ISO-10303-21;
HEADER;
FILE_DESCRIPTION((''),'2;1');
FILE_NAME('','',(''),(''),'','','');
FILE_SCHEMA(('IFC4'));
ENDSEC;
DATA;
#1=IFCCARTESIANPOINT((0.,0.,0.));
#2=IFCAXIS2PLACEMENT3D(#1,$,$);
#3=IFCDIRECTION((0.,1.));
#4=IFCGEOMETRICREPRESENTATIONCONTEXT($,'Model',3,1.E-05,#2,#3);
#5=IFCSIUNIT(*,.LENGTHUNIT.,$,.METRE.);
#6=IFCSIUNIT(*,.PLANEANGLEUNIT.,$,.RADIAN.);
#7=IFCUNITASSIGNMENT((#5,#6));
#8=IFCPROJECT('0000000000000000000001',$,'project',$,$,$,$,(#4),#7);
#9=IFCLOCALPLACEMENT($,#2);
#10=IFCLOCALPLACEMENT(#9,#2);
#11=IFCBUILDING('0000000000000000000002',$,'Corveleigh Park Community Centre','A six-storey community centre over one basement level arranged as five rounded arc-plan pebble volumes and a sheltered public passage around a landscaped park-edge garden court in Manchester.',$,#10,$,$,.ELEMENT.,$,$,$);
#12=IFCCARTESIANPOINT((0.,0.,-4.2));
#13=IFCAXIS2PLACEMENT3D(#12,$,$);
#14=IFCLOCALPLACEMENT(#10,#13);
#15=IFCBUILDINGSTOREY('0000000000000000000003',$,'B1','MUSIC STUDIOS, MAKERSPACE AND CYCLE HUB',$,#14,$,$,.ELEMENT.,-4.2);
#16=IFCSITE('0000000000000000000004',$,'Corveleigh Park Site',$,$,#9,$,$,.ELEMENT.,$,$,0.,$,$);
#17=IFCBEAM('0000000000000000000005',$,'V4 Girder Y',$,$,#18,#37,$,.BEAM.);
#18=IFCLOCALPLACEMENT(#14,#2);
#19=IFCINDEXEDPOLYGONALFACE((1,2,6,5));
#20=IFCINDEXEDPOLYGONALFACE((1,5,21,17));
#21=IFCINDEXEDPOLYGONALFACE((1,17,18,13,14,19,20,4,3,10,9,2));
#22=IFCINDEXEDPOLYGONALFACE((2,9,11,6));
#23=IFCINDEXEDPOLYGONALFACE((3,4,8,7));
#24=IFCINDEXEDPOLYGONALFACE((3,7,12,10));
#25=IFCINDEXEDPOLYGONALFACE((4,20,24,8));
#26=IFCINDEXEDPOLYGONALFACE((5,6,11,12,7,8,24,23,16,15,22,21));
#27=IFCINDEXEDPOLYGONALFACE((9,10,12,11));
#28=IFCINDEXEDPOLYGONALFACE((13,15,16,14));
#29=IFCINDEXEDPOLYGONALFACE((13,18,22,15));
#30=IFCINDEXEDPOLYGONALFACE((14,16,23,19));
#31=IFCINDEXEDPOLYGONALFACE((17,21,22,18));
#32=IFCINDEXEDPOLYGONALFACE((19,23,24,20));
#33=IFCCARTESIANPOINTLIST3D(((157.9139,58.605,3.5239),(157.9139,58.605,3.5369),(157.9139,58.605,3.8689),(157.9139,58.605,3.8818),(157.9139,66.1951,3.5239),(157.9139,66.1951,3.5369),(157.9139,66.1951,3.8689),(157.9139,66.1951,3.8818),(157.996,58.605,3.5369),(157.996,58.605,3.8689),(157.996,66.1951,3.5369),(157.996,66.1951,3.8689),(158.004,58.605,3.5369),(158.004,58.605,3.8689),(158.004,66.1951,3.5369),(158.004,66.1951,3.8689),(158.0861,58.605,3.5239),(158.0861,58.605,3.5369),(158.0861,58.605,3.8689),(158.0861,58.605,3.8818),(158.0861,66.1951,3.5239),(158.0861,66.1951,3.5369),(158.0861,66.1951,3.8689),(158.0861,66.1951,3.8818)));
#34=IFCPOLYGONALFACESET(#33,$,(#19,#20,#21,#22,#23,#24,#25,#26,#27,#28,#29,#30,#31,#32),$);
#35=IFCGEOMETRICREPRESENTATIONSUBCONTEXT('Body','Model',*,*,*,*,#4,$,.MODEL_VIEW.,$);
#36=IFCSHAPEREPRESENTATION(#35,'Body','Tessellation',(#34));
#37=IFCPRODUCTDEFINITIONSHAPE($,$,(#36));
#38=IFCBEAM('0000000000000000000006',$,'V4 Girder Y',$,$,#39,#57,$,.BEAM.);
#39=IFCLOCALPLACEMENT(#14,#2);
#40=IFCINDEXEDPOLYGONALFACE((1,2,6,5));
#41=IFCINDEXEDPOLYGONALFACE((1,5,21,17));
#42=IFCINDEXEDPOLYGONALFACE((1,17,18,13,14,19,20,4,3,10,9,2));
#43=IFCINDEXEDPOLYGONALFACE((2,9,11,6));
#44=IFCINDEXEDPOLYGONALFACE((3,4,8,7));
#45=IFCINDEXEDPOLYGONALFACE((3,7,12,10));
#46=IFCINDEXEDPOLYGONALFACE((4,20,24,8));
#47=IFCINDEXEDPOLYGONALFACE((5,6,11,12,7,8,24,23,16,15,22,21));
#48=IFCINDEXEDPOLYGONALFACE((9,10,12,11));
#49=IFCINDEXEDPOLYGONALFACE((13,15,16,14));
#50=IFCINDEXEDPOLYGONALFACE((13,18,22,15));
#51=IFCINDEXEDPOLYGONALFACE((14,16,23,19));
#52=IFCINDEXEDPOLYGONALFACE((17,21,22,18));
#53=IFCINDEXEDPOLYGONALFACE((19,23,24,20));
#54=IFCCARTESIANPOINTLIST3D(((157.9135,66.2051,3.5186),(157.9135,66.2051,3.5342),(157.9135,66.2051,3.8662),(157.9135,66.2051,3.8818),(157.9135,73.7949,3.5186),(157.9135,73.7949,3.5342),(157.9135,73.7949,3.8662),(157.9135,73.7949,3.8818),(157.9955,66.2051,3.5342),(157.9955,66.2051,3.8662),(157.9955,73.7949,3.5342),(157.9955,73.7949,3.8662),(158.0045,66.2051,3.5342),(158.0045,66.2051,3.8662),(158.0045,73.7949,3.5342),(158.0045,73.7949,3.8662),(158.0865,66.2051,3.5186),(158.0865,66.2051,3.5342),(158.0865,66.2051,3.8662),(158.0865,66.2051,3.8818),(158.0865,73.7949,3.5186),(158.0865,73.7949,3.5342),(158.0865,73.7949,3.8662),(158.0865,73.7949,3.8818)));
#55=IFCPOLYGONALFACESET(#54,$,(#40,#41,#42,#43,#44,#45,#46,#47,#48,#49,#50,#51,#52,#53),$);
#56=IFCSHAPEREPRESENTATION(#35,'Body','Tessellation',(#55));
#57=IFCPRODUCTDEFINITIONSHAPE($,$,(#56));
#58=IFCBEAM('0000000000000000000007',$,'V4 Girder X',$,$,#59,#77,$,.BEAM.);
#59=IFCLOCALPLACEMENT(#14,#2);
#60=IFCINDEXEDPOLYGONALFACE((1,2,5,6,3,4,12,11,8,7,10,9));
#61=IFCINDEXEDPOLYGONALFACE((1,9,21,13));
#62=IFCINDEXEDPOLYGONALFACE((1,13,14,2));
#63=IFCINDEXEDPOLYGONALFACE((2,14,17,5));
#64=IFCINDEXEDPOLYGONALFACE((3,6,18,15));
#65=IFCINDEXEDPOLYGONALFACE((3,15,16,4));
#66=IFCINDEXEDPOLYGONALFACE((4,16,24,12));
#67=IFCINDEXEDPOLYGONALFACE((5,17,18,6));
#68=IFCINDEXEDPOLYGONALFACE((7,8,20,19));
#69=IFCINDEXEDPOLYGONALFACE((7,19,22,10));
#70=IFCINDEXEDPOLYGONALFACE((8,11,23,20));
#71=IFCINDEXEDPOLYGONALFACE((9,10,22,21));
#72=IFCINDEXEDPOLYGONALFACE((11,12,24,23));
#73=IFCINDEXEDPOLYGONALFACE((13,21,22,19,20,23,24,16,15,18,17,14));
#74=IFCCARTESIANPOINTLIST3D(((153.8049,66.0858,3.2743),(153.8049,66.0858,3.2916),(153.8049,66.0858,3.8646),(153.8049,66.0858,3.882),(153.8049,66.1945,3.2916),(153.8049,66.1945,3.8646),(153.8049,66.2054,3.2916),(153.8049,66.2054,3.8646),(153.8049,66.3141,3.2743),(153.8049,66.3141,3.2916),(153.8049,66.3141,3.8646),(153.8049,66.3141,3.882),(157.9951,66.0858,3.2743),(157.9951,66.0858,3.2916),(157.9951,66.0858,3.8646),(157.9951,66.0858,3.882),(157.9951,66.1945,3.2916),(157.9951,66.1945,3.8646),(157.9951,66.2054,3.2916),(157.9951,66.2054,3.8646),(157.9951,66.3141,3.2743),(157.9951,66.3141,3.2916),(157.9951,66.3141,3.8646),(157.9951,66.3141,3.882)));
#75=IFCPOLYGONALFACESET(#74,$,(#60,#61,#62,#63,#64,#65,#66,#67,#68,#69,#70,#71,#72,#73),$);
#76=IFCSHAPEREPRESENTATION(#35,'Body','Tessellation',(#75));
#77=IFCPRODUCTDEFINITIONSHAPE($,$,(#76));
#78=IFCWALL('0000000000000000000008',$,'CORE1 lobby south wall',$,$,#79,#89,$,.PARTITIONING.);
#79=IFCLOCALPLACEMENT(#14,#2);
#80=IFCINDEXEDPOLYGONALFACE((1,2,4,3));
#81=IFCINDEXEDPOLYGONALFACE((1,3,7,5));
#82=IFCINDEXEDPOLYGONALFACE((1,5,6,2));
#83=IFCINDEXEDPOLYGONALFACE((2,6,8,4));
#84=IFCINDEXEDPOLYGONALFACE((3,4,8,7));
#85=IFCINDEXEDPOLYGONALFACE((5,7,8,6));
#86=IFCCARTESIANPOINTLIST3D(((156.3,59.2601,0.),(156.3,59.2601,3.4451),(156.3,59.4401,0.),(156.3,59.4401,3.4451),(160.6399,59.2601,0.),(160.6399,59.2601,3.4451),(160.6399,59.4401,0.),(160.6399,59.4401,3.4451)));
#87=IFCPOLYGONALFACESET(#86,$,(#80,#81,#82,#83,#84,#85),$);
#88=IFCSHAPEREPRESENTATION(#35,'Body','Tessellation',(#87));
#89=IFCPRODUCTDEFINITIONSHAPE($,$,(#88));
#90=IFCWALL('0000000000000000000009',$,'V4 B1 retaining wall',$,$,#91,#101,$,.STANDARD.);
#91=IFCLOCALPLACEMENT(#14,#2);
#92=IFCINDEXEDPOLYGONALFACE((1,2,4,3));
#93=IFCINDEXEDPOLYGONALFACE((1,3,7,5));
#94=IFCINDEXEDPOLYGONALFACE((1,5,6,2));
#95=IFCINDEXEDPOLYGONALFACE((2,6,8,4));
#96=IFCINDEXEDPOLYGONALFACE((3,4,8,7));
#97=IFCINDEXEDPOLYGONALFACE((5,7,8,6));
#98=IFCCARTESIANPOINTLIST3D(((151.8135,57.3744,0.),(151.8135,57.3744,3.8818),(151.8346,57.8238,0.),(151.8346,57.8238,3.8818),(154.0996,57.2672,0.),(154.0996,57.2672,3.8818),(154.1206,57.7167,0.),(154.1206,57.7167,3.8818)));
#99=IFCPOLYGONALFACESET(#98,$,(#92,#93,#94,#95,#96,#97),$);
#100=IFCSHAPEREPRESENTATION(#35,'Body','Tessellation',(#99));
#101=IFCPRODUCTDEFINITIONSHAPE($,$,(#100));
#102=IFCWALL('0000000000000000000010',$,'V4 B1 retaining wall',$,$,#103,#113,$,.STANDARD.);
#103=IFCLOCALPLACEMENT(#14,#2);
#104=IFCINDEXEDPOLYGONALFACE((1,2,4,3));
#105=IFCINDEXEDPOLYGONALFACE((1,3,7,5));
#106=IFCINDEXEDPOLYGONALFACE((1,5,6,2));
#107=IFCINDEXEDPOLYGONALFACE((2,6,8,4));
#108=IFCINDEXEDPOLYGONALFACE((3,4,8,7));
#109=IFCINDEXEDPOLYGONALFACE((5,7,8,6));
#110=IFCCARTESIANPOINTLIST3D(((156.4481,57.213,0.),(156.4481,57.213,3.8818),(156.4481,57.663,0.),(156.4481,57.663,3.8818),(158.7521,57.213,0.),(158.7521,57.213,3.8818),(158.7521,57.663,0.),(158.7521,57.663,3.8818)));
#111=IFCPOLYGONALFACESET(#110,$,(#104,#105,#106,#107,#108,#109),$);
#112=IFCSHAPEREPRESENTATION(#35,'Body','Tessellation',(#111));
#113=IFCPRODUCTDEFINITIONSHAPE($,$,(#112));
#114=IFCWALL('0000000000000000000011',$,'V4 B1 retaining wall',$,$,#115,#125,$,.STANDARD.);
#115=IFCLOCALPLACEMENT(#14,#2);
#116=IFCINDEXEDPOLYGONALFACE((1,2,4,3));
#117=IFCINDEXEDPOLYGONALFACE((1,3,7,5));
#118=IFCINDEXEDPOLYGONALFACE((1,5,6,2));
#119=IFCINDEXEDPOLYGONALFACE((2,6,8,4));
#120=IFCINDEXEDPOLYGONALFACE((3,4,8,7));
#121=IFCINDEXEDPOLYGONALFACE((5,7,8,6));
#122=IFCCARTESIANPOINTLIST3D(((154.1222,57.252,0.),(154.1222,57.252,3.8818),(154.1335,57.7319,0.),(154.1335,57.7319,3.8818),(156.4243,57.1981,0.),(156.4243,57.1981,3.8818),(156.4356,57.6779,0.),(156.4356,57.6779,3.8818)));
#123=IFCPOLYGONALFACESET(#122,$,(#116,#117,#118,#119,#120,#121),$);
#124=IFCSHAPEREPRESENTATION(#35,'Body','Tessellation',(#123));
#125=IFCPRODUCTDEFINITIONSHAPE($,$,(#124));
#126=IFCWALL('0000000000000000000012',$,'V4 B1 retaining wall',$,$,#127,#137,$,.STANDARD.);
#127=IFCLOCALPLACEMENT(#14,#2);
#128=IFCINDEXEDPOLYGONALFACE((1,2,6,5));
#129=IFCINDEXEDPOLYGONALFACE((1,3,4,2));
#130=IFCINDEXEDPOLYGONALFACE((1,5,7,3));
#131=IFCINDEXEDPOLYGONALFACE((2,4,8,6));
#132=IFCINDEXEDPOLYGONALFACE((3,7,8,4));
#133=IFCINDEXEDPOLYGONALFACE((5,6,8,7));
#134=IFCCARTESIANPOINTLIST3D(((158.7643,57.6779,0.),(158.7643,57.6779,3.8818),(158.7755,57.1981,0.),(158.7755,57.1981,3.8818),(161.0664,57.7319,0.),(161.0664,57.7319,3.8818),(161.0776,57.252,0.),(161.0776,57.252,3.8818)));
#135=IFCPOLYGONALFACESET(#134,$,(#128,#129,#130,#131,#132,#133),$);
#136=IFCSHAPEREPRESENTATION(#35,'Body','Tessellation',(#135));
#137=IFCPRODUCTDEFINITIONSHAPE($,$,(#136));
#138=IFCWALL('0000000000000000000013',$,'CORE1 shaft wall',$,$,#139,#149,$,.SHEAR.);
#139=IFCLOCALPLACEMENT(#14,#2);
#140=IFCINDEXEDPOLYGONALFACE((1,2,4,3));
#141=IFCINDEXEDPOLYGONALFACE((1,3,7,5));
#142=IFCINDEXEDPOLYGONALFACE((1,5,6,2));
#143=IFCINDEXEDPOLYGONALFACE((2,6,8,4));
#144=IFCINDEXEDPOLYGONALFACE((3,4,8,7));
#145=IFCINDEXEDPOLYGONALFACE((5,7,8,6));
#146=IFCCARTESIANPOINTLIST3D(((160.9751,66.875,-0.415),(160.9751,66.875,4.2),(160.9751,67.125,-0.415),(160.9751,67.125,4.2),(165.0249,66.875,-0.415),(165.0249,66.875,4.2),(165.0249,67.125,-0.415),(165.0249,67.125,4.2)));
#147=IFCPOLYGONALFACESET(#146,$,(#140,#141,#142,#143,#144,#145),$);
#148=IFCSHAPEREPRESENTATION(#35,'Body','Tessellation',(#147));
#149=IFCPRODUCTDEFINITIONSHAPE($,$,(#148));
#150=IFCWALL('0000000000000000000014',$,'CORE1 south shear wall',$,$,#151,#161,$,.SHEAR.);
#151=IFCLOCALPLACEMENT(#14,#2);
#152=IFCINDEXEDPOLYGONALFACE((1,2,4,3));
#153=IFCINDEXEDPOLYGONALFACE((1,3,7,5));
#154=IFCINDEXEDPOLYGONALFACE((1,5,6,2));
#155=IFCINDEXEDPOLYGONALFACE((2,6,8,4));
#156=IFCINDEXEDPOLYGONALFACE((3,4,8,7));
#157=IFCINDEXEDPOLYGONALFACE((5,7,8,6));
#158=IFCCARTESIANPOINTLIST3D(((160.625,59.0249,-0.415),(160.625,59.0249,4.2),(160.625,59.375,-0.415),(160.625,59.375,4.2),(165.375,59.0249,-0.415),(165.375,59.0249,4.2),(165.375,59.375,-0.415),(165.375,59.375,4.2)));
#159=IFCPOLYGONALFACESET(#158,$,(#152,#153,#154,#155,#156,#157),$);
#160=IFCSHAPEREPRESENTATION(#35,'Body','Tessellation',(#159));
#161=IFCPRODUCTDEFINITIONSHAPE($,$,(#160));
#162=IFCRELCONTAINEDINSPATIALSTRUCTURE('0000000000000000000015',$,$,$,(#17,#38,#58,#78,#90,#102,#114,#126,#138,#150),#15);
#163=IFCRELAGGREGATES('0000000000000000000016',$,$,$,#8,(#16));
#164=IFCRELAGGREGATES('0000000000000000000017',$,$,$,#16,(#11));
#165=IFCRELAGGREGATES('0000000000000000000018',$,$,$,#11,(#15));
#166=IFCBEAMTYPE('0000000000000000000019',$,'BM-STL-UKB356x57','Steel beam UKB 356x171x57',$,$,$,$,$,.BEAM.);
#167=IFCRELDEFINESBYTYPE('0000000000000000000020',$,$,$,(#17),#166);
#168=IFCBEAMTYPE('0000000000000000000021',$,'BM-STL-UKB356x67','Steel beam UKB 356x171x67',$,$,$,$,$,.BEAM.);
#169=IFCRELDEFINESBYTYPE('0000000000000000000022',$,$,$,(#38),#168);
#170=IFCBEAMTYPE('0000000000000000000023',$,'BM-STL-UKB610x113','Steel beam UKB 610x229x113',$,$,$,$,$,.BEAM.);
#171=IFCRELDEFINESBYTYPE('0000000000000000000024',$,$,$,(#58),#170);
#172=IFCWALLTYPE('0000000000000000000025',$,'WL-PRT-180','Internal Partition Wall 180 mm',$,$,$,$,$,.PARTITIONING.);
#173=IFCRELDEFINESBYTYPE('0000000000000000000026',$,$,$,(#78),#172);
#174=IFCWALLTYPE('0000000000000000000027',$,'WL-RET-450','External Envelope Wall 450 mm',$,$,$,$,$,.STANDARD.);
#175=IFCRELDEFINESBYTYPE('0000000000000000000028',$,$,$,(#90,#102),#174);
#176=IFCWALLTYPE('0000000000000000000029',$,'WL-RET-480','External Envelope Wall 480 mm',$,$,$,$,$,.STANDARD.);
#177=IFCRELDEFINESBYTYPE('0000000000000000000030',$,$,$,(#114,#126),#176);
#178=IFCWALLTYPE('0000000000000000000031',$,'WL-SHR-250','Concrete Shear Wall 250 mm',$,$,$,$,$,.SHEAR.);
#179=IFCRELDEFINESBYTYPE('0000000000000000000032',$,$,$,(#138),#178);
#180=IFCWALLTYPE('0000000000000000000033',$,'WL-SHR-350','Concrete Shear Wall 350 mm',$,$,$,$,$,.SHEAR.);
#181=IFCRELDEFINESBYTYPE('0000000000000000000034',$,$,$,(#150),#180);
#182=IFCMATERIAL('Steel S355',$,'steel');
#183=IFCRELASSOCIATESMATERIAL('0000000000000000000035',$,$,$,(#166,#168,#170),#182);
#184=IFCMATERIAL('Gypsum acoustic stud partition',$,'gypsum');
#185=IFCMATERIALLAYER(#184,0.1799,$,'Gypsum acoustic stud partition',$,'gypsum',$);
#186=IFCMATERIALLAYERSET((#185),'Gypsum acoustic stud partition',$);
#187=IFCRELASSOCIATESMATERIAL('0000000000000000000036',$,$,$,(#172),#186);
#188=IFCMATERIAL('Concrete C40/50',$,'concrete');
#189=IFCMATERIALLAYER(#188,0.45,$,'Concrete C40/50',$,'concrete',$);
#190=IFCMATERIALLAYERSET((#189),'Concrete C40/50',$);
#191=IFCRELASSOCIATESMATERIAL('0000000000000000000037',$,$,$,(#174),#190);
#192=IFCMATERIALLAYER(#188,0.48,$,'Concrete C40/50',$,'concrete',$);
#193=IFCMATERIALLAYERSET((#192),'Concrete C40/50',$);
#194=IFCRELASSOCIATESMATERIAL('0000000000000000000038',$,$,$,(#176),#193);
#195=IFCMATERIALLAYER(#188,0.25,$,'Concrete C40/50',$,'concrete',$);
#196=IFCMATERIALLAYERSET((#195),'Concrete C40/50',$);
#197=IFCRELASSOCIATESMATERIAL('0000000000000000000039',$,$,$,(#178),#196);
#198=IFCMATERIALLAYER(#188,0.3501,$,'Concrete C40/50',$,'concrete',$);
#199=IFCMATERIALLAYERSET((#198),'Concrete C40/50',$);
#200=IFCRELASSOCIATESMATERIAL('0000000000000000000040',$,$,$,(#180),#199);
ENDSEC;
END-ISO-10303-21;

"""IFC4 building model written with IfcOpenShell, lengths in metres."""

from ifc_helpers import new_model, si_unit, direction, frame, frame_2d, origin, origin_2d, place, context, subcontext, project, spatial, rectangle, i_section, extrude, material, layer, layer_set, material_profile, profile_set, type_object, element, save


model = new_model("IFC4")

# Units and contexts
model_context = context("Model", 3, precision=1e-05, world=origin(), true_north=direction((0.0, 1.0)))
body_context = subcontext(model_context, "Body", "Model", "MODEL_VIEW")
ifc_project = project(units=[si_unit("LENGTHUNIT", "METRE"), si_unit("PLANEANGLEUNIT", "RADIAN")], contexts=[model_context])

# Site, building, storey
site_placement = place(None, origin())
site = spatial("IfcSite", under=ifc_project, at=site_placement, Name="Corveleigh Park Site", CompositionType="ELEMENT", RefElevation=0.0)
building_placement = place(site_placement, origin())
building = spatial("IfcBuilding", under=site, at=building_placement, Name="Corveleigh Park Community Centre", Description="A six-storey community centre over one basement level arranged as five rounded arc-plan pebble volumes and a sheltered public passage around a landscaped park-edge garden court in Manchester.", CompositionType="ELEMENT")
storey_placement = place(building_placement, frame((0.0, 0.0, -4.2)))
storey = spatial("IfcBuildingStorey", under=building, at=storey_placement, Name="B1", Description="MUSIC STUDIOS, MAKERSPACE AND CYCLE HUB", CompositionType="ELEMENT", Elevation=-4.2)

# Shared definitions
ifc_material_1 = material(Name="Concrete C40/50", Category="concrete")

# Shared definitions
ifc_material_2 = material(Name="Steel S355", Category="steel")

# Beams
ifc_material_profile_1 = material_profile(ifc_material_2, i_section(OverallWidth=0.1721, OverallDepth=0.3579, WebThickness=0.0081, FlangeThickness=0.0129, at=origin_2d()), Name="UKB 356x171x57", Category="steel")
ifc_profile_set_1 = profile_set([ifc_material_profile_1], Name="Steel S355")
beam_type_1 = type_object("IfcBeamType", Name="BM-STL-UKB356x57", Description="Steel beam UKB 356x171x57", PredefinedType="BEAM", material=ifc_profile_set_1)
beam_1_placement = place(storey_placement, frame((158.0, 58.605, 3.7029), z_axis=(0.0, 1.0, 0.0), x_axis=(-1.0, 0.0, 0.0)))
element("IfcBeam", 1, at=beam_1_placement, inside=storey, type_object=beam_type_1, Name="V4 Girder Y", PredefinedType="BEAM", context=body_context, shape_type="SweptSolid", body=[
    extrude(i_section(OverallWidth=0.1721, OverallDepth=0.3579, WebThickness=0.0081, FlangeThickness=0.0129, at=origin_2d()), origin(), (0.0, 0.0, 1.0), 7.5901),
])
ifc_material_profile_2 = material_profile(ifc_material_2, i_section(OverallWidth=0.1731, OverallDepth=0.3633, WebThickness=0.009, FlangeThickness=0.0156, at=origin_2d()), Name="UKB 356x171x67", Category="steel")
ifc_profile_set_2 = profile_set([ifc_material_profile_2], Name="Steel S355")
beam_type_2 = type_object("IfcBeamType", Name="BM-STL-UKB356x67", Description="Steel beam UKB 356x171x67", PredefinedType="BEAM", material=ifc_profile_set_2)
beam_2_placement = place(storey_placement, frame((158.0, 66.2051, 3.7002), z_axis=(0.0, 1.0, 0.0), x_axis=(-1.0, 0.0, 0.0)))
element("IfcBeam", 2, at=beam_2_placement, inside=storey, type_object=beam_type_2, Name="V4 Girder Y", PredefinedType="BEAM", context=body_context, shape_type="SweptSolid", body=[
    extrude(i_section(OverallWidth=0.1731, OverallDepth=0.3633, WebThickness=0.009, FlangeThickness=0.0156, at=origin_2d()), origin(), (0.0, 0.0, 1.0), 7.5898),
])
ifc_material_profile_3 = material_profile(ifc_material_2, i_section(OverallWidth=0.2283, OverallDepth=0.6077, WebThickness=0.011, FlangeThickness=0.0173, at=origin_2d()), Name="UKB 610x229x113", Category="steel")
ifc_profile_set_3 = profile_set([ifc_material_profile_3], Name="Steel S355")
beam_type_3 = type_object("IfcBeamType", Name="BM-STL-UKB610x113", Description="Steel beam UKB 610x229x113", PredefinedType="BEAM", material=ifc_profile_set_3)
beam_3_placement = place(storey_placement, frame((153.8049, 66.2, 3.5781), z_axis=(1.0, 0.0, 0.0), x_axis=(0.0, 1.0, 0.0)))
element("IfcBeam", 3, at=beam_3_placement, inside=storey, type_object=beam_type_3, Name="V4 Girder X", PredefinedType="BEAM", context=body_context, shape_type="SweptSolid", body=[
    extrude(i_section(OverallWidth=0.2283, OverallDepth=0.6077, WebThickness=0.011, FlangeThickness=0.0173, at=origin_2d()), origin(), (0.0, 0.0, 1.0), 4.1902),
])

# Walls
ifc_material_3 = material(Name="Gypsum acoustic stud partition", Category="gypsum")
ifc_layer_1 = layer(ifc_material_3, 0.1799, Name="Gypsum acoustic stud partition", Category="gypsum")
ifc_layer_set_1 = layer_set([ifc_layer_1], Name="Gypsum acoustic stud partition")
wall_type_1 = type_object("IfcWallType", Name="WL-PRT-180", Description="Internal Partition Wall 180 mm", PredefinedType="PARTITIONING", material=ifc_layer_set_1)
wall_1_placement = place(storey_placement, frame((156.3, 59.3501, 0.0), z_axis=(0.0, 0.0, 1.0), x_axis=(1.0, 0.0, 0.0)))
element("IfcWall", 4, at=wall_1_placement, inside=storey, type_object=wall_type_1, Name="CORE1 lobby south wall", PredefinedType="PARTITIONING", context=body_context, shape_type="SweptSolid", body=[
    extrude(rectangle(XDim=4.3398, YDim=0.1799, at=frame_2d((2.1699, 0.0))), origin(), (0.0, 0.0, 1.0), 3.4451),
])
ifc_layer_2 = layer(ifc_material_1, 0.45, Name="Concrete C40/50", Category="concrete")
ifc_layer_set_2 = layer_set([ifc_layer_2], Name="Concrete C40/50")
wall_type_2 = type_object("IfcWallType", Name="WL-RET-450", Description="External Envelope Wall 450 mm", PredefinedType="STANDARD", material=ifc_layer_set_2)
wall_2_placement = place(storey_placement, frame((154.1101, 57.4919, 0.0), z_axis=(0.0, 0.0, 1.0), x_axis=(-0.998903, 0.04683, 0.0)))
element("IfcWall", 5, at=wall_2_placement, inside=storey, type_object=wall_type_2, Name="V4 B1 retaining wall", PredefinedType="STANDARD", context=body_context, shape_type="SweptSolid", body=[
    extrude(rectangle(XDim=2.2886, YDim=0.45, at=frame_2d((1.1443, 0.0))), origin(), (0.0, 0.0, 1.0), 3.8818),
])
wall_3_placement = place(storey_placement, frame((158.752, 57.438, 0.0), z_axis=(0.0, 0.0, 1.0), x_axis=(-1.0, 0.0, 0.0)))
element("IfcWall", 6, at=wall_3_placement, inside=storey, type_object=wall_type_2, Name="V4 B1 retaining wall", PredefinedType="STANDARD", context=body_context, shape_type="SweptSolid", body=[
    extrude(rectangle(XDim=2.304, YDim=0.45, at=frame_2d((1.1519, 0.0))), origin(), (0.0, 0.0, 1.0), 3.8818),
])
ifc_layer_3 = layer(ifc_material_1, 0.48, Name="Concrete C40/50", Category="concrete")
ifc_layer_set_3 = layer_set([ifc_layer_3], Name="Concrete C40/50")
wall_type_3 = type_object("IfcWallType", Name="WL-RET-480", Description="External Envelope Wall 480 mm", PredefinedType="STANDARD", material=ifc_layer_set_3)
for number, where, z_axis, x_axis, name in (
    (7, (156.4299, 57.438, 0.0), (0.0, 0.0, 1.0), (-0.999725, 0.023432, 0.0), "V4 B1 retaining wall"),
    (8, (161.072, 57.4919, 0.0), (0.0, 0.0, 1.0), (-0.999725, -0.023432, 0.0), "V4 B1 retaining wall"),
):
    element("IfcWall", number, at=place(storey_placement, frame(where, z_axis=z_axis, x_axis=x_axis)), inside=storey, type_object=wall_type_3, Name=name, PredefinedType="STANDARD", context=body_context, shape_type="SweptSolid", body=[
        extrude(rectangle(XDim=2.3027, YDim=0.48, at=frame_2d((1.1514, 0.0))), origin(), (0.0, 0.0, 1.0), 3.8818),
    ])
ifc_layer_4 = layer(ifc_material_1, 0.25, Name="Concrete C40/50", Category="concrete")
ifc_layer_set_4 = layer_set([ifc_layer_4], Name="Concrete C40/50")
wall_type_4 = type_object("IfcWallType", Name="WL-SHR-250", Description="Concrete Shear Wall 250 mm", PredefinedType="SHEAR", material=ifc_layer_set_4)
wall_4_placement = place(storey_placement, frame((160.9751, 67.0, -0.415), z_axis=(0.0, 0.0, 1.0), x_axis=(1.0, 0.0, 0.0)))
element("IfcWall", 9, at=wall_4_placement, inside=storey, type_object=wall_type_4, Name="CORE1 shaft wall", PredefinedType="SHEAR", context=body_context, shape_type="SweptSolid", body=[
    extrude(rectangle(XDim=4.0498, YDim=0.25, at=frame_2d((2.0249, 0.0))), origin(), (0.0, 0.0, 1.0), 4.615),
])
ifc_layer_5 = layer(ifc_material_1, 0.3501, Name="Concrete C40/50", Category="concrete")
ifc_layer_set_5 = layer_set([ifc_layer_5], Name="Concrete C40/50")
wall_type_5 = type_object("IfcWallType", Name="WL-SHR-350", Description="Concrete Shear Wall 350 mm", PredefinedType="SHEAR", material=ifc_layer_set_5)
wall_5_placement = place(storey_placement, frame((160.625, 59.2, -0.415), z_axis=(0.0, 0.0, 1.0), x_axis=(1.0, 0.0, 0.0)))
element("IfcWall", 10, at=wall_5_placement, inside=storey, type_object=wall_type_5, Name="CORE1 south shear wall", PredefinedType="SHEAR", context=body_context, shape_type="SweptSolid", body=[
    extrude(rectangle(XDim=4.75, YDim=0.3501, at=frame_2d((2.375, 0.0))), origin(), (0.0, 0.0, 1.0), 4.615),
])

save(model, "model.ifc")
